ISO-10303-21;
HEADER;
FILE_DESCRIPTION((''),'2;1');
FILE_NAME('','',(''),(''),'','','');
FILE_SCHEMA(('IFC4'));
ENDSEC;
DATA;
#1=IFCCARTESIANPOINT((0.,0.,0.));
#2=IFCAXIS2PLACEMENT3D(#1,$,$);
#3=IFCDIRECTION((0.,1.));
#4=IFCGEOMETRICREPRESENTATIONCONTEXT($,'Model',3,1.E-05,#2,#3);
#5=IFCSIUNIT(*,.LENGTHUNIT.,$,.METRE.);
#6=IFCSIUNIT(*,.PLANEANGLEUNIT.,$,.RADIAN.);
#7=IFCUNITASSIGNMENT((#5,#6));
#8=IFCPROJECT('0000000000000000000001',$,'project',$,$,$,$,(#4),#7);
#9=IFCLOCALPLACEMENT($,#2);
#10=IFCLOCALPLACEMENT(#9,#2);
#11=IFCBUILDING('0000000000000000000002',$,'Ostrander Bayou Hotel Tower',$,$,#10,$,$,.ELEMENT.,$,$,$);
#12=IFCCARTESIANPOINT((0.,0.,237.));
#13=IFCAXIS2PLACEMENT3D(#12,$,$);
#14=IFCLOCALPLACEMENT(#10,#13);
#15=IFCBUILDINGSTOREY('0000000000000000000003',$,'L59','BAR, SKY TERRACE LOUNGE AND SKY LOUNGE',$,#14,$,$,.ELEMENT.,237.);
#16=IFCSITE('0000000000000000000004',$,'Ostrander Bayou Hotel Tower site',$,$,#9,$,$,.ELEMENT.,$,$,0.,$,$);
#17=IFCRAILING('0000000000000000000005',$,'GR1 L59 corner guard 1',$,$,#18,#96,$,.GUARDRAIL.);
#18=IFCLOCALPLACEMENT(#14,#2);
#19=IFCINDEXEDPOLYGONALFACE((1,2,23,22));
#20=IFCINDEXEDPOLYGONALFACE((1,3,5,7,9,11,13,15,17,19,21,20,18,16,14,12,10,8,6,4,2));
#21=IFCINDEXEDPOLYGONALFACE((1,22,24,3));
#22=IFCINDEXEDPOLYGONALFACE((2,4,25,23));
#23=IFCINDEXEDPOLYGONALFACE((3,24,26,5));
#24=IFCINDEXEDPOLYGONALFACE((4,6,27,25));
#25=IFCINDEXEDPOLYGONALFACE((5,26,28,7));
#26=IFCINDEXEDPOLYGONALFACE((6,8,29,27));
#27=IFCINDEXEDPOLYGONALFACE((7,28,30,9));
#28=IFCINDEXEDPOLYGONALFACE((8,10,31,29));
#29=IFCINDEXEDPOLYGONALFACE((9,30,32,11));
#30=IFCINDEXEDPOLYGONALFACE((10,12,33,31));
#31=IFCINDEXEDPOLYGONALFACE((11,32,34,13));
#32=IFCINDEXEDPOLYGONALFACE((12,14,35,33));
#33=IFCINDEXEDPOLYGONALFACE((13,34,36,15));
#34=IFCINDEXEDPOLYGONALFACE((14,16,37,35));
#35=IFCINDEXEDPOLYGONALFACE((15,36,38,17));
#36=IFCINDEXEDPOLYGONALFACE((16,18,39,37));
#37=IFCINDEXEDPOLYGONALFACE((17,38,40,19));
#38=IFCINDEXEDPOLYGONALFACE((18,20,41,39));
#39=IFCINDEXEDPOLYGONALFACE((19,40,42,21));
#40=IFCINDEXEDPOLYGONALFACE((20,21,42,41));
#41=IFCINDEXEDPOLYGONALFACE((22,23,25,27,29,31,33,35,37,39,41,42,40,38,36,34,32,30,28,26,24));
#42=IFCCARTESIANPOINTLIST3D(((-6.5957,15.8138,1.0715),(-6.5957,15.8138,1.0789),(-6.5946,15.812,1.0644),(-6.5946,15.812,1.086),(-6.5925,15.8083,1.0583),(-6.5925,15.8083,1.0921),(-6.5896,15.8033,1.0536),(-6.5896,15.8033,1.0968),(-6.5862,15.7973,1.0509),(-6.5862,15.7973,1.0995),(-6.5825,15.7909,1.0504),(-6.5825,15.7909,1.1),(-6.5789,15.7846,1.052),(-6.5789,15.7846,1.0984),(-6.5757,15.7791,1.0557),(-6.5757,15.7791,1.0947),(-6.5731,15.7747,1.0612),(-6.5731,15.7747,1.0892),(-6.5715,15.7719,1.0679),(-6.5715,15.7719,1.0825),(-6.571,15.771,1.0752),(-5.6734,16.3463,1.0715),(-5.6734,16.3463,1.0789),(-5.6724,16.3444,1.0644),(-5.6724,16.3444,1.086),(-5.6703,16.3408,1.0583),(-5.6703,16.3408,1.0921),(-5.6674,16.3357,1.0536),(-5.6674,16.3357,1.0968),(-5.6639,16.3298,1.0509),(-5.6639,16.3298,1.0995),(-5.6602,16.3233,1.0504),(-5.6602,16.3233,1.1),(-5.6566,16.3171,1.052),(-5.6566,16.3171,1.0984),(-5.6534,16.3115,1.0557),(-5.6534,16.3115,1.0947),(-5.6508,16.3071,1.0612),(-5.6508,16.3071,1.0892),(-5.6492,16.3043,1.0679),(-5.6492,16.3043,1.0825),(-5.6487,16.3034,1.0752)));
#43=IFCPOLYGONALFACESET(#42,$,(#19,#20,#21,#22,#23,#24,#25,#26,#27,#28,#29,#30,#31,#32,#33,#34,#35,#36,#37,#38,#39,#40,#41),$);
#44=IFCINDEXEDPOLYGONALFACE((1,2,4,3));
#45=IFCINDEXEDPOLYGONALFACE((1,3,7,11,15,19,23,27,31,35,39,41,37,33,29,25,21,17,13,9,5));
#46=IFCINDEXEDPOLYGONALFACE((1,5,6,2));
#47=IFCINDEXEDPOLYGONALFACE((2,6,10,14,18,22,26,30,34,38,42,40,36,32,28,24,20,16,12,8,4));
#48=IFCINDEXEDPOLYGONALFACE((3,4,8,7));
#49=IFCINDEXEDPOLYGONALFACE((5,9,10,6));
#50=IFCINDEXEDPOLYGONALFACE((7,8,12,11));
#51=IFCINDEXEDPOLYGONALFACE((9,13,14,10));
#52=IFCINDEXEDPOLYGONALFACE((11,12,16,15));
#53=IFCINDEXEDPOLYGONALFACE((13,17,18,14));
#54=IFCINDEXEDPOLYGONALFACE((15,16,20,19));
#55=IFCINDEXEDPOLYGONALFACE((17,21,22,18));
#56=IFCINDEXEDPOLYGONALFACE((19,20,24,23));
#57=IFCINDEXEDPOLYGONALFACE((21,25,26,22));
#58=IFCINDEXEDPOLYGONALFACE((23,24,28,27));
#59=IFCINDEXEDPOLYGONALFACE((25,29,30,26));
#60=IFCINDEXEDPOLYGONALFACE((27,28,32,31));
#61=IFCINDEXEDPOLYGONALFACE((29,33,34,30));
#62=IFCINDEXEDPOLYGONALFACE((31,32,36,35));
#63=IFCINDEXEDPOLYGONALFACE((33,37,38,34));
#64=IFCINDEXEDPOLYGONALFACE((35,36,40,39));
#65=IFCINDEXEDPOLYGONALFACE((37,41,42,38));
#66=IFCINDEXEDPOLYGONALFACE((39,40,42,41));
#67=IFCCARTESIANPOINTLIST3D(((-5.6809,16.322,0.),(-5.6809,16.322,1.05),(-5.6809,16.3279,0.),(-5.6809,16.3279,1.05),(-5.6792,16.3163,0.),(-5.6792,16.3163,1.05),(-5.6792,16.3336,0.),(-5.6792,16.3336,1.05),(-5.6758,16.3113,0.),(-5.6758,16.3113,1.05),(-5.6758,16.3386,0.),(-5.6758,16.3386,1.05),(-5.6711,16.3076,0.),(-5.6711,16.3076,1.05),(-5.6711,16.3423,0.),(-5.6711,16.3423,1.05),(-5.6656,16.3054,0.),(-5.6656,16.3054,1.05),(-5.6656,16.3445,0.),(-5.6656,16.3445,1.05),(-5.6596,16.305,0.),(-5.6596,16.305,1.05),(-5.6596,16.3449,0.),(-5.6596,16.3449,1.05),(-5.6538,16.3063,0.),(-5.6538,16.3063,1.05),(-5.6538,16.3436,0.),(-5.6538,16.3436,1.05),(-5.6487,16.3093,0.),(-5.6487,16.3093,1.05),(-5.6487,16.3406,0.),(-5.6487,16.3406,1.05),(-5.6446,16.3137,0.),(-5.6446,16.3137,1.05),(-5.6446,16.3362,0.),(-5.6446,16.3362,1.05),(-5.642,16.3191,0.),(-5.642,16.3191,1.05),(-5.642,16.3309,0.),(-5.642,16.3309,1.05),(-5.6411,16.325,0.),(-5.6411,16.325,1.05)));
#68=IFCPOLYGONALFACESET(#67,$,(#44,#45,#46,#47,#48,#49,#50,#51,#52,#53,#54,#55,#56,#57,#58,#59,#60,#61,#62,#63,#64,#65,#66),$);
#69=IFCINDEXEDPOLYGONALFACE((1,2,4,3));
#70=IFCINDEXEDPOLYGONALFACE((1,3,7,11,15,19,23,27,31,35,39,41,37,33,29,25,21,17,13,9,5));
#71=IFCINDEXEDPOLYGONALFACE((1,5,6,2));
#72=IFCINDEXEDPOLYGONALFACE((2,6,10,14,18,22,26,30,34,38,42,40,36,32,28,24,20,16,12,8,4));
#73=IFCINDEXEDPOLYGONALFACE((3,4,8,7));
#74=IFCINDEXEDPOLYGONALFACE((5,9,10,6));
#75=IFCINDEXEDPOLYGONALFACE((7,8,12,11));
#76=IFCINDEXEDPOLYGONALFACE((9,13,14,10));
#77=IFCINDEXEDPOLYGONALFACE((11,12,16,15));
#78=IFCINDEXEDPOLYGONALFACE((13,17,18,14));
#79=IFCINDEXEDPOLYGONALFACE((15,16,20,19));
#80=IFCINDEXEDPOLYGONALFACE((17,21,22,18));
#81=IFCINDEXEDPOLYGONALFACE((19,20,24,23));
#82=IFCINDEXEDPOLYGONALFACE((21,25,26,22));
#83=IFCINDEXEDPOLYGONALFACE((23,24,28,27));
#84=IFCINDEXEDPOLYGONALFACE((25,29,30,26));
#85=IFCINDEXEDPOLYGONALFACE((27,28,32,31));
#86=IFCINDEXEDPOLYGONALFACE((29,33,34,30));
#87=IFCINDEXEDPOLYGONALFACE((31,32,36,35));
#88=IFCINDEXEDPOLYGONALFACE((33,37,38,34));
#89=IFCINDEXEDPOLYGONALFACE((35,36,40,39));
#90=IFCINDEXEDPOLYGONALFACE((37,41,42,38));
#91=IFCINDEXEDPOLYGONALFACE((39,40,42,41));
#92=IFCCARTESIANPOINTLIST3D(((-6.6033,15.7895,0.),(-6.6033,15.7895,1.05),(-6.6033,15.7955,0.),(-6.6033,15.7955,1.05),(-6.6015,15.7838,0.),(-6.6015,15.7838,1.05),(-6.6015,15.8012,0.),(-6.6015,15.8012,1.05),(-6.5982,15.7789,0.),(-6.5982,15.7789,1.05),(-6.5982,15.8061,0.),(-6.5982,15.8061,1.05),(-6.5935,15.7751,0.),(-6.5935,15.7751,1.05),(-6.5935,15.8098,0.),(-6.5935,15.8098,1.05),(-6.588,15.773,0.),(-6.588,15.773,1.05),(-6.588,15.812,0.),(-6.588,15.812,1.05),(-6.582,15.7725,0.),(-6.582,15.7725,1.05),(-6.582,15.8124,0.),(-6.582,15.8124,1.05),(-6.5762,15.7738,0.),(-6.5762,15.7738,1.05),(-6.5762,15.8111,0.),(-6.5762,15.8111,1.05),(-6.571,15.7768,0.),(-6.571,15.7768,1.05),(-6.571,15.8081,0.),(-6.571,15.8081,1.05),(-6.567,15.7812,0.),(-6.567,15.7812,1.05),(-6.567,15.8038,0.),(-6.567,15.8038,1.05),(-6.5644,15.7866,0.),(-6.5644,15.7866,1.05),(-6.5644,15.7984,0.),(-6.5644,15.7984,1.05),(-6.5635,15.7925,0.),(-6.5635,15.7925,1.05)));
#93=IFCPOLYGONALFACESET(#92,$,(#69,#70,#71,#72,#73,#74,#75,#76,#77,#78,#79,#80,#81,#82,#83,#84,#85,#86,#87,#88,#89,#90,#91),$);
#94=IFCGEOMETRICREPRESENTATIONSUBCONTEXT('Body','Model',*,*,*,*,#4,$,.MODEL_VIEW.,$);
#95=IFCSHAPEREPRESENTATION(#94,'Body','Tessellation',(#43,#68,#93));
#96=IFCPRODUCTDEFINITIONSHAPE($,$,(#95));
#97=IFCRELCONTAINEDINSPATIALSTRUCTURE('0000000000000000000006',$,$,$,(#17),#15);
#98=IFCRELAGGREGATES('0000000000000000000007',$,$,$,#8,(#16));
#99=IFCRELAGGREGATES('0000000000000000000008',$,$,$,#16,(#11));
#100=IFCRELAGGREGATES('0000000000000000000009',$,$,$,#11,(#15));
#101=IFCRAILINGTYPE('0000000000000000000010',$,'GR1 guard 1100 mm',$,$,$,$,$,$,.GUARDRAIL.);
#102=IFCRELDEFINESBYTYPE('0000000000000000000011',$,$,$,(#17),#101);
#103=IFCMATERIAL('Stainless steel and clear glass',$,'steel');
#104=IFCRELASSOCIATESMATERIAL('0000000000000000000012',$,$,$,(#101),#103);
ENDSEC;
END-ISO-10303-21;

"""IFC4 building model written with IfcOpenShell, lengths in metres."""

from ifc_helpers import new_model, si_unit, direction, frame, origin, origin_2d, place, context, subcontext, project, spatial, circle, extrude, material, type_object, element, save


model = new_model("IFC4")

# Units and contexts
model_context = context("Model", 3, precision=1e-05, world=origin(), true_north=direction((0.0, 1.0)))
body_context = subcontext(model_context, "Body", "Model", "MODEL_VIEW")
ifc_project = project(units=[si_unit("LENGTHUNIT", "METRE"), si_unit("PLANEANGLEUNIT", "RADIAN")], contexts=[model_context])

# Site, building, storey
site_placement = place(None, origin())
site = spatial("IfcSite", under=ifc_project, at=site_placement, Name="Ostrander Bayou Hotel Tower site", CompositionType="ELEMENT", RefElevation=0.0)
building_placement = place(site_placement, origin())
building = spatial("IfcBuilding", under=site, at=building_placement, Name="Ostrander Bayou Hotel Tower", CompositionType="ELEMENT")
storey_placement = place(building_placement, frame((0.0, 0.0, 237.0)))
storey = spatial("IfcBuildingStorey", under=building, at=storey_placement, Name="L59", Description="BAR, SKY TERRACE LOUNGE AND SKY LOUNGE", CompositionType="ELEMENT", Elevation=237.0)

# Railing
ifc_material_1 = material(Name="Stainless steel and clear glass", Category="steel")
railing_type = type_object("IfcRailingType", Name="GR1 guard 1100 mm", PredefinedType="GUARDRAIL", material=ifc_material_1)
railing_1_placement = place(storey_placement, frame((-5.6611, 16.325, 0.0)))
element("IfcRailing", 1, at=railing_1_placement, inside=storey, type_object=railing_type, Name="GR1 L59 corner guard 1", PredefinedType="GUARDRAIL", context=body_context, shape_type="SweptSolid", body=[
    extrude(circle(Radius=0.0249, at=origin_2d()), frame((0.0, 0.0, 1.0752), z_axis=(-0.866048, -0.499961, 0.0), x_axis=(0.499961, -0.866048, 0.0)), (0.0, 0.0, 1.0), 1.0649),
    extrude(circle(Radius=0.02, at=origin_2d()), origin(), (0.0, 0.0, 1.0), 1.05),
    extrude(circle(Radius=0.02, at=origin_2d()), frame((-0.9224, -0.5325, 0.0)), (0.0, 0.0, 1.0), 1.05),
])

save(model, "model.ifc")
